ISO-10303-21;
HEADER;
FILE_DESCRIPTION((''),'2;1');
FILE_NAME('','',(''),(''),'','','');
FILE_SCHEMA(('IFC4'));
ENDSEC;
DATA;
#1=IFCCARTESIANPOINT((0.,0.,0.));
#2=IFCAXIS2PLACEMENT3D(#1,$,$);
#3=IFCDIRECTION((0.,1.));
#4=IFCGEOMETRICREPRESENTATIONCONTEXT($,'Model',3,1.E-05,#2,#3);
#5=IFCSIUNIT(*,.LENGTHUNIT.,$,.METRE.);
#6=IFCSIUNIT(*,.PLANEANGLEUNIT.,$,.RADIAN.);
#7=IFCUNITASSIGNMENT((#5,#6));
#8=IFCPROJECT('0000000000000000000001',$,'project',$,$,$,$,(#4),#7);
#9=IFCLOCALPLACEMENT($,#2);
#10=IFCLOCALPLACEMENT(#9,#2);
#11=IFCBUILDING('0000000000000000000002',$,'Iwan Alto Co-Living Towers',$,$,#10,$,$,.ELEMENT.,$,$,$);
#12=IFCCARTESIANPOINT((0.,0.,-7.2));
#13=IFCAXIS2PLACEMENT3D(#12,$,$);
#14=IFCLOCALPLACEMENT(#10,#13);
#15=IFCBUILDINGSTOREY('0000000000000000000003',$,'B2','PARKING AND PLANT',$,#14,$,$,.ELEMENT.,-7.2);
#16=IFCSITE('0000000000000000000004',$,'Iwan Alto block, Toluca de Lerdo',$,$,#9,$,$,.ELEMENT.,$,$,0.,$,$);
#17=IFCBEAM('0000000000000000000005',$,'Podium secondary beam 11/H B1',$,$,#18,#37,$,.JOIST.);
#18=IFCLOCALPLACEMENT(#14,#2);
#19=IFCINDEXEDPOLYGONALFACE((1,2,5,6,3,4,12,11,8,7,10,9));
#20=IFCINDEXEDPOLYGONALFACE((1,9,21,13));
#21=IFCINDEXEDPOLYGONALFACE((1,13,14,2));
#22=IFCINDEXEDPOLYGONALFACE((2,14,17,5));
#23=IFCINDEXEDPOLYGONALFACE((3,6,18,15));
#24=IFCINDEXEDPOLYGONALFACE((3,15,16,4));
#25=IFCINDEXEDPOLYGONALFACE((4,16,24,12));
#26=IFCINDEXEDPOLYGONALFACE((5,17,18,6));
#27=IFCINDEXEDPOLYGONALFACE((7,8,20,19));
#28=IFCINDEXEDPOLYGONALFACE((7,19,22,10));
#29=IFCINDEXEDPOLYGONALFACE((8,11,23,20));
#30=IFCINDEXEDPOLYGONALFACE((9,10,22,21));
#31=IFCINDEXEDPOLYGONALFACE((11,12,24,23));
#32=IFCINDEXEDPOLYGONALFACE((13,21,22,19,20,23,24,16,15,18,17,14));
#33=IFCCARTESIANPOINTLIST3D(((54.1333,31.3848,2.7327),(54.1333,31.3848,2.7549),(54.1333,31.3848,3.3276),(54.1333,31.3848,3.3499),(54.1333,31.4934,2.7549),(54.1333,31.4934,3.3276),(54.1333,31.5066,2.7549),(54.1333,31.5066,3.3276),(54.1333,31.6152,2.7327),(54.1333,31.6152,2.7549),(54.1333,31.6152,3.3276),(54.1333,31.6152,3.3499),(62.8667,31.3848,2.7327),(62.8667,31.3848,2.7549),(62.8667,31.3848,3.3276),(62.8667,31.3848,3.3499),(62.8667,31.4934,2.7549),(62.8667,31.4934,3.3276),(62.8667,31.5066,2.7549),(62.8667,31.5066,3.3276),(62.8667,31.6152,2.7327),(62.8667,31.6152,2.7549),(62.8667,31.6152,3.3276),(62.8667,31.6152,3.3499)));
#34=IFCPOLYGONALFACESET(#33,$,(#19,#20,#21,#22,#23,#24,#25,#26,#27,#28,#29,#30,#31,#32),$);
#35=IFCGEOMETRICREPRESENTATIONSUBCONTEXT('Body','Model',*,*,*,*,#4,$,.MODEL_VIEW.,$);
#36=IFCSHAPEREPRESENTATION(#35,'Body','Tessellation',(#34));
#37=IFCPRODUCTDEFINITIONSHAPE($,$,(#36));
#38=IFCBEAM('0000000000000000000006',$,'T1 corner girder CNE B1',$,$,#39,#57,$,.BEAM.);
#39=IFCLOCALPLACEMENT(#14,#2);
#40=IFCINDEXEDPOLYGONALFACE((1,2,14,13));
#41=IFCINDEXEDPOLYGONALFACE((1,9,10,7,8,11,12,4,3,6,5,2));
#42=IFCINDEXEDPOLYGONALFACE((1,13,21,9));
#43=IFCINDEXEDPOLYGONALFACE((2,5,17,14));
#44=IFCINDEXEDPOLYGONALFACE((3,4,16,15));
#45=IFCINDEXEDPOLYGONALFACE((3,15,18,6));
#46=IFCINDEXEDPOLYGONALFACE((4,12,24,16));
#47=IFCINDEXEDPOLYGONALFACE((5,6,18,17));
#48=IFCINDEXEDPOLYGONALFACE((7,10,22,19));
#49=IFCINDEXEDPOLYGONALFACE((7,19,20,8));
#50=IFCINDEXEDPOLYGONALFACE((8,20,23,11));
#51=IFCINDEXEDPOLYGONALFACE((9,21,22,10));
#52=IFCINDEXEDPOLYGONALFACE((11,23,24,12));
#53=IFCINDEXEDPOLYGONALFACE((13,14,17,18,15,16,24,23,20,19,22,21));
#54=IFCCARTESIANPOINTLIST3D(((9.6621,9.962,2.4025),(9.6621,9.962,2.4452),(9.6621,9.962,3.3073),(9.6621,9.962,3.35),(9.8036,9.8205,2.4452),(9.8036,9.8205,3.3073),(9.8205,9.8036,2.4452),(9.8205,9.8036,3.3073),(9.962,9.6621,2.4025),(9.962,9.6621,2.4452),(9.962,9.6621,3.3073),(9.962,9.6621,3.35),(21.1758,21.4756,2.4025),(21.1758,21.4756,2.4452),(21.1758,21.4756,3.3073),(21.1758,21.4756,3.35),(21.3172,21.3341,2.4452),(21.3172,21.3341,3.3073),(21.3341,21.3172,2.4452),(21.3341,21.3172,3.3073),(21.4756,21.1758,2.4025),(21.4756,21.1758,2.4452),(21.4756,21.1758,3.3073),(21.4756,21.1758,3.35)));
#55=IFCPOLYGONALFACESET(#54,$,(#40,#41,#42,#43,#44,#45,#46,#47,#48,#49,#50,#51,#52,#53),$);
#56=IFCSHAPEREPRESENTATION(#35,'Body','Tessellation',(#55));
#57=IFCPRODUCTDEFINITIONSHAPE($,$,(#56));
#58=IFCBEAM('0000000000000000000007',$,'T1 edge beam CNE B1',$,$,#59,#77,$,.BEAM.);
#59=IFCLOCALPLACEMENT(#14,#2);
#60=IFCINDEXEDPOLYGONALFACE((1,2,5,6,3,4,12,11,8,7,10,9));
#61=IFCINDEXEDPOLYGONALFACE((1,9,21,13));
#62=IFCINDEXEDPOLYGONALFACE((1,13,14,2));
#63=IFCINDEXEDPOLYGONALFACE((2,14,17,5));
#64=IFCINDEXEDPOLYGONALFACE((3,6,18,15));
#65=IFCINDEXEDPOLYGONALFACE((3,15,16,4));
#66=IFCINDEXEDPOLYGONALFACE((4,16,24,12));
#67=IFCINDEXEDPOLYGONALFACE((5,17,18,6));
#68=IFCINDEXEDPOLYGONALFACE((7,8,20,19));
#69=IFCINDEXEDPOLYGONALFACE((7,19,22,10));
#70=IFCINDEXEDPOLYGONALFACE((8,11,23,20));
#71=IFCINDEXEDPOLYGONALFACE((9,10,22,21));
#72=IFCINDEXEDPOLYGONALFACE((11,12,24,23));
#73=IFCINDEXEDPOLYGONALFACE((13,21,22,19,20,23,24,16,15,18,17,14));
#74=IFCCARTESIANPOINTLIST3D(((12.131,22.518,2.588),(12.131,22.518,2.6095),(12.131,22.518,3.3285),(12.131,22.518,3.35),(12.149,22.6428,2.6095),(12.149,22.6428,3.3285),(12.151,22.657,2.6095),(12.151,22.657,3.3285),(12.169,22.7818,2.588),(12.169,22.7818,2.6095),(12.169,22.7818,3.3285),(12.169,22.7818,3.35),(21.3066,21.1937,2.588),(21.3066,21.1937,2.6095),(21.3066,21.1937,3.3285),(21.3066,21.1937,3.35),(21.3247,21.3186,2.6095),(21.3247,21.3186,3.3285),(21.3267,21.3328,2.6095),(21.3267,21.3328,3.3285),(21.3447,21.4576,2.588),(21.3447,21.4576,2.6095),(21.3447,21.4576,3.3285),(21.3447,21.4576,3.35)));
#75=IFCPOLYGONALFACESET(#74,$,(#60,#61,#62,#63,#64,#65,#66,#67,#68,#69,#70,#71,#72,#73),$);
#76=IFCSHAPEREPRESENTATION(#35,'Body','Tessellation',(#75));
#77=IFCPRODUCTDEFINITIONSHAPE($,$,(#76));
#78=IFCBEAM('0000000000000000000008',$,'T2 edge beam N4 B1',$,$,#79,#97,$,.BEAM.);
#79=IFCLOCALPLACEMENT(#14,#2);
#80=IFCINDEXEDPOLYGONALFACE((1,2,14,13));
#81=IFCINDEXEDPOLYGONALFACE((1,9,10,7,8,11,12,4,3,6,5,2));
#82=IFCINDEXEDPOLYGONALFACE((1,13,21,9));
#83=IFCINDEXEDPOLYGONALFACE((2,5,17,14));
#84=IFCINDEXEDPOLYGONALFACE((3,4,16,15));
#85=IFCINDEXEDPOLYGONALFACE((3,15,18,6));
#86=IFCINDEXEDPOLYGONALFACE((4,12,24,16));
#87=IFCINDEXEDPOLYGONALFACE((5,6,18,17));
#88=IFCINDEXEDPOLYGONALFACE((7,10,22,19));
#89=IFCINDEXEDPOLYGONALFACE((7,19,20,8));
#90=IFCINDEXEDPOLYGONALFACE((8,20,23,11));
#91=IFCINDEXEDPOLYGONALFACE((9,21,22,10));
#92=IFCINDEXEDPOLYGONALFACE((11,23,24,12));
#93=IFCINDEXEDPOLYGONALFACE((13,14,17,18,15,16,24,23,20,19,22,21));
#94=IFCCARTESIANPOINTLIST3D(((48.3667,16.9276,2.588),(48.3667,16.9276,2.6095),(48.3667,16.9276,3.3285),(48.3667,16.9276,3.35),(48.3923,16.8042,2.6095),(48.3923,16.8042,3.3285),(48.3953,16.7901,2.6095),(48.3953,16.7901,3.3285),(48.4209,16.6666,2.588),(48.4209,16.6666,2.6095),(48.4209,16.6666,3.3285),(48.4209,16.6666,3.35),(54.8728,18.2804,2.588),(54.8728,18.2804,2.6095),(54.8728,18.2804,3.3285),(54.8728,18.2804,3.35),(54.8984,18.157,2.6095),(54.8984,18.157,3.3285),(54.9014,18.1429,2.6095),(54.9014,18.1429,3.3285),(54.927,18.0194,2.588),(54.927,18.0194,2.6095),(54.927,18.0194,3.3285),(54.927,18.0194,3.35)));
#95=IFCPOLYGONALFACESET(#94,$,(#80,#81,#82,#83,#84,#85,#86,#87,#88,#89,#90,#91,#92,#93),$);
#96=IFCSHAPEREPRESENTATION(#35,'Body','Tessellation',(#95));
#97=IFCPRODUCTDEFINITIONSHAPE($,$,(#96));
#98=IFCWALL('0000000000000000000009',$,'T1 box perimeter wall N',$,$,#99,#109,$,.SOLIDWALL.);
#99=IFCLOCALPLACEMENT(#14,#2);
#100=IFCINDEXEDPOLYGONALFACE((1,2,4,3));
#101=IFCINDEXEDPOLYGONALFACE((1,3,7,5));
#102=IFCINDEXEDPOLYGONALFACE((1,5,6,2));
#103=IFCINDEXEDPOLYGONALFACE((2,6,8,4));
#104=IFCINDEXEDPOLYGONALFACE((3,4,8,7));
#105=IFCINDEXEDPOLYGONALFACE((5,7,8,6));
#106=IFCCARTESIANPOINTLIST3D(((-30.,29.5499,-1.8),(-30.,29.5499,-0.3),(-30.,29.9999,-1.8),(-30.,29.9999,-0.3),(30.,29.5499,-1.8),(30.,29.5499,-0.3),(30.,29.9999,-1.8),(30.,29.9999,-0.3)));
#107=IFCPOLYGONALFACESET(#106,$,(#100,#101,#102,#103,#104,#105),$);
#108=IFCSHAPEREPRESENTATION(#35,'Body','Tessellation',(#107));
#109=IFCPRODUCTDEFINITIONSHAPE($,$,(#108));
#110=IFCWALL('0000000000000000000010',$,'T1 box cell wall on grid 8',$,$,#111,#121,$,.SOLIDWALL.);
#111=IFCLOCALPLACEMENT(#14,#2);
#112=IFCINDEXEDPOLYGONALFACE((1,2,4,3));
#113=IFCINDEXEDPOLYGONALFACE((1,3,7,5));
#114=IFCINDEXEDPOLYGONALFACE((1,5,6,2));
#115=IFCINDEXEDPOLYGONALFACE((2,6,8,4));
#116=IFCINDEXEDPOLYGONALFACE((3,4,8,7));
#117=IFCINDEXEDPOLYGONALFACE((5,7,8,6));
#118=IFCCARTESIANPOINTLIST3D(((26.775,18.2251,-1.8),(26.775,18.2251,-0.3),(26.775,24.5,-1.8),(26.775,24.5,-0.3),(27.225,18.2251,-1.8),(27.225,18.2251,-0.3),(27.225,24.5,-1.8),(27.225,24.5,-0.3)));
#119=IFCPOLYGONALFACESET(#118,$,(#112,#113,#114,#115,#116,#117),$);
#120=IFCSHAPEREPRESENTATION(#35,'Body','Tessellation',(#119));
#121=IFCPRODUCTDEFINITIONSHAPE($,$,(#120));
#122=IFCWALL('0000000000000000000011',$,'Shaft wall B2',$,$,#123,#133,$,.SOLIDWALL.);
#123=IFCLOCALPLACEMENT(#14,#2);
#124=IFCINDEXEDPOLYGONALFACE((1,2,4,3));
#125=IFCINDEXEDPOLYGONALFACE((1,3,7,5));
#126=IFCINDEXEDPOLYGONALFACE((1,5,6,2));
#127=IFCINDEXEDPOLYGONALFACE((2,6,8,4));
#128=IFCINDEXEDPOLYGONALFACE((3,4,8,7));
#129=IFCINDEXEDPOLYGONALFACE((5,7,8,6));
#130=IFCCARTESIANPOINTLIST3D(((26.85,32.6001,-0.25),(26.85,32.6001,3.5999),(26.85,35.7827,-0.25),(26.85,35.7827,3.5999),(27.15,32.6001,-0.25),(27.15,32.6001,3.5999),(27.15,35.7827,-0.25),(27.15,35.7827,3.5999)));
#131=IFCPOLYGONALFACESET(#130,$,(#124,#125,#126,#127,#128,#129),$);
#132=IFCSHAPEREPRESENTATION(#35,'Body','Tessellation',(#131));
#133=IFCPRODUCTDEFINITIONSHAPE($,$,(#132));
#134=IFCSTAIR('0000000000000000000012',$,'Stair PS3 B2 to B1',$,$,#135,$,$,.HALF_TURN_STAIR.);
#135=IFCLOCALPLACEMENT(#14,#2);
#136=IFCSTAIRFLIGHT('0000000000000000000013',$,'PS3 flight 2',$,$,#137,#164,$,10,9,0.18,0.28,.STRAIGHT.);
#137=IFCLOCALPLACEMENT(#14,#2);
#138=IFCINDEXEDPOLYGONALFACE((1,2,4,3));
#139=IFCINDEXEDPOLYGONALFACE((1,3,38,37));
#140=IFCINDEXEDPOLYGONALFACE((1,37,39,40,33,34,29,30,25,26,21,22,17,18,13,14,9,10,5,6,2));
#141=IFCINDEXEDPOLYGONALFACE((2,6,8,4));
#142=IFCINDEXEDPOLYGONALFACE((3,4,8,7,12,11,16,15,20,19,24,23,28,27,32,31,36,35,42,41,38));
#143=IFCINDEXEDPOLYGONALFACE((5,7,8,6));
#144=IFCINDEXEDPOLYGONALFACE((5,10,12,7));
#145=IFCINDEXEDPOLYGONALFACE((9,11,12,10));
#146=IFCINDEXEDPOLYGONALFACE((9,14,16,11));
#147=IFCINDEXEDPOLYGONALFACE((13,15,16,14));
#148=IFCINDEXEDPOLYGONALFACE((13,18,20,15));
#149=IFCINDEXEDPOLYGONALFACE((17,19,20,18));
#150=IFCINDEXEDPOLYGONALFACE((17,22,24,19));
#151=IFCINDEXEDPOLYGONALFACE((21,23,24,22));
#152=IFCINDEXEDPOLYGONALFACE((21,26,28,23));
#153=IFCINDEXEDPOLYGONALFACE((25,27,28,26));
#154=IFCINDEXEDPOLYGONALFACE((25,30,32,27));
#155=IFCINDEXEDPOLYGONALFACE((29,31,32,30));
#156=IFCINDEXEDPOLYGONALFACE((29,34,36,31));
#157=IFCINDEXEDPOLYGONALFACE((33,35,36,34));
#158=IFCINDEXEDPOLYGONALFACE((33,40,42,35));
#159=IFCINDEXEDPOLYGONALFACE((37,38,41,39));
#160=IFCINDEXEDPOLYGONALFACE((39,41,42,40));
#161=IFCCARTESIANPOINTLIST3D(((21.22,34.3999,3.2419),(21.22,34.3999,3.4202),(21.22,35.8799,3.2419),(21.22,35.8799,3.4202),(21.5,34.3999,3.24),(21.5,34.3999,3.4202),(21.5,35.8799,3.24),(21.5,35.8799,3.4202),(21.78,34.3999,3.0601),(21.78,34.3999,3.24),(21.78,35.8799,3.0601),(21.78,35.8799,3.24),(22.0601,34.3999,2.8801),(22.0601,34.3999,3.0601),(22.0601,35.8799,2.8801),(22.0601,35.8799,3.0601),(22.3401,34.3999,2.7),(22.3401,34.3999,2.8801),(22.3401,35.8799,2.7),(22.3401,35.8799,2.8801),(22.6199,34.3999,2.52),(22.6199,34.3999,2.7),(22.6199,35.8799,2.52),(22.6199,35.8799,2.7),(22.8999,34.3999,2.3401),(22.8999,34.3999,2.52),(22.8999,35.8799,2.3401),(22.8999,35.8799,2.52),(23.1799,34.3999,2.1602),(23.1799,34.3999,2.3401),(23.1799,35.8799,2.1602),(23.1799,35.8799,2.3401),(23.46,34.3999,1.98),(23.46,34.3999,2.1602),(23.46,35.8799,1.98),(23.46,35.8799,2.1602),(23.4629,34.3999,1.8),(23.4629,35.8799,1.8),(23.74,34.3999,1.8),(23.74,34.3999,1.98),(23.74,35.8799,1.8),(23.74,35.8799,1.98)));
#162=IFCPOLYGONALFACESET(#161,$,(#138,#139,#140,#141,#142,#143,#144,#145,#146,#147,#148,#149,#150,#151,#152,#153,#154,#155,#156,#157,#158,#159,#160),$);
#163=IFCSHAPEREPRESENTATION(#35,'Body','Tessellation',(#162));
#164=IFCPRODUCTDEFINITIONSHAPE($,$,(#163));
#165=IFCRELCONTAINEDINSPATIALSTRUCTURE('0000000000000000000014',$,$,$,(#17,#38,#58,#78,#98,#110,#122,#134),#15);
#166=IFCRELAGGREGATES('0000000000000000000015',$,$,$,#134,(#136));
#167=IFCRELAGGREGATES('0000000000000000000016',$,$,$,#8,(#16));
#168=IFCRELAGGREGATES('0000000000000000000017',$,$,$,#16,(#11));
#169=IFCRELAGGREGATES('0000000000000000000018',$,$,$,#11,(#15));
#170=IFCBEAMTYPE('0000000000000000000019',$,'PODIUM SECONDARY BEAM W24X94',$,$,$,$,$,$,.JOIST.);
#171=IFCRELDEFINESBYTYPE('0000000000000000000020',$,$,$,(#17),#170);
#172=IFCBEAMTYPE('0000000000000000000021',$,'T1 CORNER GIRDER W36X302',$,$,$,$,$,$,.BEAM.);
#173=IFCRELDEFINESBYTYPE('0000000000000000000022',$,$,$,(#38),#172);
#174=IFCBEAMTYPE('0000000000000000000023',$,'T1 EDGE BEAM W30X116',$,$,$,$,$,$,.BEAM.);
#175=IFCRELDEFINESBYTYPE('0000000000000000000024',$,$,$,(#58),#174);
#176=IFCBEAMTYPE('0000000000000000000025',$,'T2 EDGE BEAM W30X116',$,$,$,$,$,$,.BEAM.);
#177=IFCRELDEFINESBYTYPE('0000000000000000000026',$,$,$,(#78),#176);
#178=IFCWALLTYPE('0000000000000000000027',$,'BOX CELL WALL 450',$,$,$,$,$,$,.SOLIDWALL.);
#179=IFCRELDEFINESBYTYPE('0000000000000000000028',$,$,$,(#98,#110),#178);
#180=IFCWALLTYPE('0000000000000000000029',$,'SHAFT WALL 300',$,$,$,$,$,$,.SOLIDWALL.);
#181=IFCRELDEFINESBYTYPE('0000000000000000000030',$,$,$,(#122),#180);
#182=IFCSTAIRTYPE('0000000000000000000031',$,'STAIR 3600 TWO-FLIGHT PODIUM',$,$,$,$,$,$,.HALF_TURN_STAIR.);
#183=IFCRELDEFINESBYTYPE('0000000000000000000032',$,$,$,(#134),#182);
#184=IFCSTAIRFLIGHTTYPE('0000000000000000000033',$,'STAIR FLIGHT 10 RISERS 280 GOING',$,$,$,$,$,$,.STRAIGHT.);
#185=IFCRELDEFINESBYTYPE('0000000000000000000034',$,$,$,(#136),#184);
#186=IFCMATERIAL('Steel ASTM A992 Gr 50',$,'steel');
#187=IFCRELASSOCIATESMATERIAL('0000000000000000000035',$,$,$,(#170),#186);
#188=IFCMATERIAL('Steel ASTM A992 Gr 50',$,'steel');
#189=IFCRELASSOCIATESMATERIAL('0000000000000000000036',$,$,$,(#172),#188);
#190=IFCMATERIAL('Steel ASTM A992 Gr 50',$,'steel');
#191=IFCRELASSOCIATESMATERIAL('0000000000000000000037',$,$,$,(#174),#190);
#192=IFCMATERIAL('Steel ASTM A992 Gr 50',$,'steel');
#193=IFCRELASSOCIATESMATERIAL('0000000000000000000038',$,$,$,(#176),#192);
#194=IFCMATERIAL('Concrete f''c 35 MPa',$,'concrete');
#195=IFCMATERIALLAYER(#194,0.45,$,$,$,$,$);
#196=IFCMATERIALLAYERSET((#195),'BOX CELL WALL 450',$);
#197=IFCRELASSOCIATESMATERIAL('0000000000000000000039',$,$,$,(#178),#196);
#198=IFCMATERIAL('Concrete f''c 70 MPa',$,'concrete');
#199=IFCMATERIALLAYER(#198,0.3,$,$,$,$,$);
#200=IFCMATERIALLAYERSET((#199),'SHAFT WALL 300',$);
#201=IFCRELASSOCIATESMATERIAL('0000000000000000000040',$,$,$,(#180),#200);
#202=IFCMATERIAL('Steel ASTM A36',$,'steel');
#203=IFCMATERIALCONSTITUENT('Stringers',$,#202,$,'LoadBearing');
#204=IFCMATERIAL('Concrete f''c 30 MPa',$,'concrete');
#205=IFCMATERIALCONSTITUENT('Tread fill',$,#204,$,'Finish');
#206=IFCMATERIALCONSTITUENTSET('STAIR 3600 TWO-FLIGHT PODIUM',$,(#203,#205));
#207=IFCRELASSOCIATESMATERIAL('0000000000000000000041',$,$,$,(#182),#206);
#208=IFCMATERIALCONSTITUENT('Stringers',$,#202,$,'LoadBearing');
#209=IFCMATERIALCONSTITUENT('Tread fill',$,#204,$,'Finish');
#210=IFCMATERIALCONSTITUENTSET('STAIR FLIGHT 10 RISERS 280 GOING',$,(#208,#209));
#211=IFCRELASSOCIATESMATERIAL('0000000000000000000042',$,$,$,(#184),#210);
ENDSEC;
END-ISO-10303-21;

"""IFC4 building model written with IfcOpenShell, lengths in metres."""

from ifc_helpers import new_model, si_unit, direction, frame, frame_2d, origin, origin_2d, place, context, subcontext, project, spatial, polyline, rectangle, i_section, outline, extrude, material, layer, layer_set, constituent, constituent_set, material_profile, profile_set, type_object, element, aggregate, save


model = new_model("IFC4")

# Units and contexts
model_context = context("Model", 3, precision=1e-05, world=origin(), true_north=direction((0.0, 1.0)))
body_context = subcontext(model_context, "Body", "Model", "MODEL_VIEW")
ifc_project = project(units=[si_unit("LENGTHUNIT", "METRE"), si_unit("PLANEANGLEUNIT", "RADIAN")], contexts=[model_context])

# Site, building, storey
site_placement = place(None, origin())
site = spatial("IfcSite", under=ifc_project, at=site_placement, Name="Iwan Alto block, Toluca de Lerdo", CompositionType="ELEMENT", RefElevation=0.0)
building_placement = place(site_placement, origin())
building = spatial("IfcBuilding", under=site, at=building_placement, Name="Iwan Alto Co-Living Towers", CompositionType="ELEMENT")
storey_placement = place(building_placement, frame((0.0, 0.0, -7.2)))
storey = spatial("IfcBuildingStorey", under=building, at=storey_placement, Name="B2", Description="PARKING AND PLANT", CompositionType="ELEMENT", Elevation=-7.2)

# Beams
ifc_material_1 = material(Name="Steel ASTM A992 Gr 50", Category="steel")
ifc_material_profile_1 = material_profile(ifc_material_1, i_section(OverallWidth=0.2305, OverallDepth=0.6172, WebThickness=0.0132, FlangeThickness=0.0222, at=origin_2d()), Name="W24X94")
ifc_profile_set_1 = profile_set([ifc_material_profile_1], Name="Steel ASTM A992 Gr 50")
beam_type_1 = type_object("IfcBeamType", Name="PODIUM SECONDARY BEAM W24X94", PredefinedType="JOIST", material=ifc_profile_set_1)
for number, where, z_axis, x_axis, name in (
    (1, (54.1333, 31.5, 3.0413), (1.0, 0.0, 0.0), (0.0, 1.0, 0.0), "Podium secondary beam 11/H B1"),
):
    element("IfcBeam", number, at=place(storey_placement, frame(where, z_axis=z_axis, x_axis=x_axis)), inside=storey, type_object=beam_type_1, Name=name, PredefinedType="JOIST", context=body_context, shape_type="SweptSolid", body=[
        extrude(i_section(OverallWidth=0.2305, OverallDepth=0.6172, WebThickness=0.0132, FlangeThickness=0.0222, at=origin_2d()), origin(), (0.0, 0.0, 1.0), 8.7334),
    ])
ifc_material_2 = material(Name="Steel ASTM A992 Gr 50", Category="steel")
ifc_material_profile_2 = material_profile(ifc_material_2, i_section(OverallWidth=0.4241, OverallDepth=0.9475, WebThickness=0.0239, FlangeThickness=0.0427, at=origin_2d()), Name="W36X302")
ifc_profile_set_2 = profile_set([ifc_material_profile_2], Name="Steel ASTM A992 Gr 50")
beam_type_2 = type_object("IfcBeamType", Name="T1 CORNER GIRDER W36X302", PredefinedType="BEAM", material=ifc_profile_set_2)
beam_1_placement = place(storey_placement, frame((21.3257, 21.3257, 2.8762), z_axis=(-0.707107, -0.707107, 0.0), x_axis=(0.707107, -0.707107, 0.0)))
element("IfcBeam", 2, at=beam_1_placement, inside=storey, type_object=beam_type_2, Name="T1 corner girder CNE B1", PredefinedType="BEAM", context=body_context, shape_type="SweptSolid", body=[
    extrude(i_section(OverallWidth=0.4241, OverallDepth=0.9475, WebThickness=0.0239, FlangeThickness=0.0427, at=origin_2d()), origin(), (0.0, 0.0, 1.0), 16.2827),
])
ifc_material_3 = material(Name="Steel ASTM A992 Gr 50", Category="steel")
ifc_material_profile_3 = material_profile(ifc_material_3, i_section(OverallWidth=0.2666, OverallDepth=0.762, WebThickness=0.0144, FlangeThickness=0.0215, at=origin_2d()), Name="W30X116")
ifc_profile_set_3 = profile_set([ifc_material_profile_3], Name="Steel ASTM A992 Gr 50")
beam_type_3 = type_object("IfcBeamType", Name="T1 EDGE BEAM W30X116", PredefinedType="BEAM", material=ifc_profile_set_3)
beam_2_placement = place(storey_placement, frame((21.3257, 21.3257, 2.969), z_axis=(-0.989746, 0.142837, 0.0), x_axis=(-0.142837, -0.989746, 0.0)))
element("IfcBeam", 3, at=beam_2_placement, inside=storey, type_object=beam_type_3, Name="T1 edge beam CNE B1", PredefinedType="BEAM", context=body_context, shape_type="SweptSolid", body=[
    extrude(i_section(OverallWidth=0.2666, OverallDepth=0.762, WebThickness=0.0144, FlangeThickness=0.0215, at=origin_2d()), origin(), (0.0, 0.0, 1.0), 9.2708),
])
ifc_material_4 = material(Name="Steel ASTM A992 Gr 50", Category="steel")
ifc_material_profile_4 = material_profile(ifc_material_4, i_section(OverallWidth=0.2666, OverallDepth=0.762, WebThickness=0.0144, FlangeThickness=0.0215, at=origin_2d()), Name="W30X116")
ifc_profile_set_4 = profile_set([ifc_material_profile_4], Name="Steel ASTM A992 Gr 50")
beam_type_4 = type_object("IfcBeamType", Name="T2 EDGE BEAM W30X116", PredefinedType="BEAM", material=ifc_profile_set_4)
beam_3_placement = place(storey_placement, frame((54.8999, 18.1499, 2.969), z_axis=(-0.97906, -0.203571, 0.0), x_axis=(0.203571, -0.97906, 0.0)))
element("IfcBeam", 4, at=beam_3_placement, inside=storey, type_object=beam_type_4, Name="T2 edge beam N4 B1", PredefinedType="BEAM", context=body_context, shape_type="SweptSolid", body=[
    extrude(i_section(OverallWidth=0.2666, OverallDepth=0.762, WebThickness=0.0144, FlangeThickness=0.0215, at=origin_2d()), origin(), (0.0, 0.0, 1.0), 6.6453),
])

# Walls
ifc_material_5 = material(Name="Concrete f'c 35 MPa", Category="concrete")
ifc_layer_1 = layer(ifc_material_5, 0.45)
ifc_layer_set_1 = layer_set([ifc_layer_1], Name="BOX CELL WALL 450")
wall_type_1 = type_object("IfcWallType", Name="BOX CELL WALL 450", PredefinedType="SOLIDWALL", material=ifc_layer_set_1)
wall_1_placement = place(storey_placement, frame((30.0, 29.7749, -1.8), z_axis=(0.0, 0.0, 1.0), x_axis=(-1.0, 0.0, 0.0)))
element("IfcWall", 5, at=wall_1_placement, inside=storey, type_object=wall_type_1, Name="T1 box perimeter wall N", PredefinedType="SOLIDWALL", context=body_context, shape_type="SweptSolid", body=[
    extrude(rectangle(XDim=60.0, YDim=0.45, at=frame_2d((30.0, 0.0))), origin(), (0.0, 0.0, 1.0), 1.5),
])
wall_2_placement = place(storey_placement, frame((27.0, 18.2251, -1.8), z_axis=(0.0, 0.0, 1.0), x_axis=(0.0, 1.0, 0.0)))
element("IfcWall", 6, at=wall_2_placement, inside=storey, type_object=wall_type_1, Name="T1 box cell wall on grid 8", PredefinedType="SOLIDWALL", context=body_context, shape_type="SweptSolid", body=[
    extrude(rectangle(XDim=6.2749, YDim=0.45, at=frame_2d((3.1375, 0.0))), origin(), (0.0, 0.0, 1.0), 1.5),
])
ifc_material_6 = material(Name="Concrete f'c 70 MPa", Category="concrete")
ifc_layer_2 = layer(ifc_material_6, 0.3)
ifc_layer_set_2 = layer_set([ifc_layer_2], Name="SHAFT WALL 300")
wall_type_2 = type_object("IfcWallType", Name="SHAFT WALL 300", PredefinedType="SOLIDWALL", material=ifc_layer_set_2)
wall_3_placement = place(storey_placement, frame((27.0, 32.6001, -0.25), z_axis=(0.0, 0.0, 1.0), x_axis=(0.0, 1.0, 0.0)))
element("IfcWall", 7, at=wall_3_placement, inside=storey, type_object=wall_type_2, Name="Shaft wall B2", PredefinedType="SOLIDWALL", context=body_context, shape_type="SweptSolid", body=[
    extrude(rectangle(XDim=3.1826, YDim=0.3, at=frame_2d((1.5913, 0.0))), origin(), (0.0, 0.0, 1.0), 3.8499),
])

# Stair, stair flight
ifc_material_7 = material(Name="Steel ASTM A36", Category="steel")
ifc_constituent_1 = constituent(ifc_material_7, Name="Stringers", Category="LoadBearing")
ifc_material_8 = material(Name="Concrete f'c 30 MPa", Category="concrete")
ifc_constituent_2 = constituent(ifc_material_8, Name="Tread fill", Category="Finish")
ifc_constituent_set_1 = constituent_set(constituents=[ifc_constituent_1, ifc_constituent_2], Name="STAIR 3600 TWO-FLIGHT PODIUM")
stair_type = type_object("IfcStairType", Name="STAIR 3600 TWO-FLIGHT PODIUM", PredefinedType="HALF_TURN_STAIR", material=ifc_constituent_set_1)
stair_placement = place(storey_placement, origin())
stair = element("IfcStair", 8, at=stair_placement, inside=storey, type_object=stair_type, Name="Stair PS3 B2 to B1", PredefinedType="HALF_TURN_STAIR")
ifc_constituent_3 = constituent(ifc_material_7, Name="Stringers", Category="LoadBearing")
ifc_constituent_4 = constituent(ifc_material_8, Name="Tread fill", Category="Finish")
ifc_constituent_set_2 = constituent_set(constituents=[ifc_constituent_3, ifc_constituent_4], Name="STAIR FLIGHT 10 RISERS 280 GOING")
stair_flight_type = type_object("IfcStairFlightType", Name="STAIR FLIGHT 10 RISERS 280 GOING", PredefinedType="STRAIGHT", material=ifc_constituent_set_2)
stair_flight_placement = place(storey_placement, frame((23.74, 35.1399, 1.8), z_axis=(0.0, 0.0, 1.0), x_axis=(-1.0, 0.0, 0.0)))
stair_flight = element("IfcStairFlight", 9, at=stair_flight_placement, type_object=stair_flight_type, Name="PS3 flight 2", NumberOfRisers=10, NumberOfTreads=9, PredefinedType="STRAIGHT", RiserHeight=0.18, TreadLength=0.28, context=body_context, shape_type="SweptSolid", body=[
    extrude(outline(polyline([(0.0, 0.0), (0.0, 0.1799), (0.28, 0.1799), (0.28, 0.3601), (0.5601, 0.3601), (0.5601, 0.54), (0.8401, 0.54), (0.8401, 0.72), (1.1201, 0.72), (1.1201, 0.8999), (1.3999, 0.8999), (1.3999, 1.0801), (1.6799, 1.0801), (1.6799, 1.26), (1.96, 1.26), (1.96, 1.4399), (2.24, 1.4399), (2.24, 1.6201), (2.52, 1.6201), (2.52, 1.8), (2.52, 1.4419), (0.2771, 0.0), (0.0, 0.0)])), frame((0.0, 0.74, 0.0), z_axis=(0.0, -1.0, 0.0), x_axis=(1.0, 0.0, 0.0)), (0.0, 0.0, 1.0), 1.48),
])
aggregate(stair, [stair_flight])

save(model, "model.ifc")
